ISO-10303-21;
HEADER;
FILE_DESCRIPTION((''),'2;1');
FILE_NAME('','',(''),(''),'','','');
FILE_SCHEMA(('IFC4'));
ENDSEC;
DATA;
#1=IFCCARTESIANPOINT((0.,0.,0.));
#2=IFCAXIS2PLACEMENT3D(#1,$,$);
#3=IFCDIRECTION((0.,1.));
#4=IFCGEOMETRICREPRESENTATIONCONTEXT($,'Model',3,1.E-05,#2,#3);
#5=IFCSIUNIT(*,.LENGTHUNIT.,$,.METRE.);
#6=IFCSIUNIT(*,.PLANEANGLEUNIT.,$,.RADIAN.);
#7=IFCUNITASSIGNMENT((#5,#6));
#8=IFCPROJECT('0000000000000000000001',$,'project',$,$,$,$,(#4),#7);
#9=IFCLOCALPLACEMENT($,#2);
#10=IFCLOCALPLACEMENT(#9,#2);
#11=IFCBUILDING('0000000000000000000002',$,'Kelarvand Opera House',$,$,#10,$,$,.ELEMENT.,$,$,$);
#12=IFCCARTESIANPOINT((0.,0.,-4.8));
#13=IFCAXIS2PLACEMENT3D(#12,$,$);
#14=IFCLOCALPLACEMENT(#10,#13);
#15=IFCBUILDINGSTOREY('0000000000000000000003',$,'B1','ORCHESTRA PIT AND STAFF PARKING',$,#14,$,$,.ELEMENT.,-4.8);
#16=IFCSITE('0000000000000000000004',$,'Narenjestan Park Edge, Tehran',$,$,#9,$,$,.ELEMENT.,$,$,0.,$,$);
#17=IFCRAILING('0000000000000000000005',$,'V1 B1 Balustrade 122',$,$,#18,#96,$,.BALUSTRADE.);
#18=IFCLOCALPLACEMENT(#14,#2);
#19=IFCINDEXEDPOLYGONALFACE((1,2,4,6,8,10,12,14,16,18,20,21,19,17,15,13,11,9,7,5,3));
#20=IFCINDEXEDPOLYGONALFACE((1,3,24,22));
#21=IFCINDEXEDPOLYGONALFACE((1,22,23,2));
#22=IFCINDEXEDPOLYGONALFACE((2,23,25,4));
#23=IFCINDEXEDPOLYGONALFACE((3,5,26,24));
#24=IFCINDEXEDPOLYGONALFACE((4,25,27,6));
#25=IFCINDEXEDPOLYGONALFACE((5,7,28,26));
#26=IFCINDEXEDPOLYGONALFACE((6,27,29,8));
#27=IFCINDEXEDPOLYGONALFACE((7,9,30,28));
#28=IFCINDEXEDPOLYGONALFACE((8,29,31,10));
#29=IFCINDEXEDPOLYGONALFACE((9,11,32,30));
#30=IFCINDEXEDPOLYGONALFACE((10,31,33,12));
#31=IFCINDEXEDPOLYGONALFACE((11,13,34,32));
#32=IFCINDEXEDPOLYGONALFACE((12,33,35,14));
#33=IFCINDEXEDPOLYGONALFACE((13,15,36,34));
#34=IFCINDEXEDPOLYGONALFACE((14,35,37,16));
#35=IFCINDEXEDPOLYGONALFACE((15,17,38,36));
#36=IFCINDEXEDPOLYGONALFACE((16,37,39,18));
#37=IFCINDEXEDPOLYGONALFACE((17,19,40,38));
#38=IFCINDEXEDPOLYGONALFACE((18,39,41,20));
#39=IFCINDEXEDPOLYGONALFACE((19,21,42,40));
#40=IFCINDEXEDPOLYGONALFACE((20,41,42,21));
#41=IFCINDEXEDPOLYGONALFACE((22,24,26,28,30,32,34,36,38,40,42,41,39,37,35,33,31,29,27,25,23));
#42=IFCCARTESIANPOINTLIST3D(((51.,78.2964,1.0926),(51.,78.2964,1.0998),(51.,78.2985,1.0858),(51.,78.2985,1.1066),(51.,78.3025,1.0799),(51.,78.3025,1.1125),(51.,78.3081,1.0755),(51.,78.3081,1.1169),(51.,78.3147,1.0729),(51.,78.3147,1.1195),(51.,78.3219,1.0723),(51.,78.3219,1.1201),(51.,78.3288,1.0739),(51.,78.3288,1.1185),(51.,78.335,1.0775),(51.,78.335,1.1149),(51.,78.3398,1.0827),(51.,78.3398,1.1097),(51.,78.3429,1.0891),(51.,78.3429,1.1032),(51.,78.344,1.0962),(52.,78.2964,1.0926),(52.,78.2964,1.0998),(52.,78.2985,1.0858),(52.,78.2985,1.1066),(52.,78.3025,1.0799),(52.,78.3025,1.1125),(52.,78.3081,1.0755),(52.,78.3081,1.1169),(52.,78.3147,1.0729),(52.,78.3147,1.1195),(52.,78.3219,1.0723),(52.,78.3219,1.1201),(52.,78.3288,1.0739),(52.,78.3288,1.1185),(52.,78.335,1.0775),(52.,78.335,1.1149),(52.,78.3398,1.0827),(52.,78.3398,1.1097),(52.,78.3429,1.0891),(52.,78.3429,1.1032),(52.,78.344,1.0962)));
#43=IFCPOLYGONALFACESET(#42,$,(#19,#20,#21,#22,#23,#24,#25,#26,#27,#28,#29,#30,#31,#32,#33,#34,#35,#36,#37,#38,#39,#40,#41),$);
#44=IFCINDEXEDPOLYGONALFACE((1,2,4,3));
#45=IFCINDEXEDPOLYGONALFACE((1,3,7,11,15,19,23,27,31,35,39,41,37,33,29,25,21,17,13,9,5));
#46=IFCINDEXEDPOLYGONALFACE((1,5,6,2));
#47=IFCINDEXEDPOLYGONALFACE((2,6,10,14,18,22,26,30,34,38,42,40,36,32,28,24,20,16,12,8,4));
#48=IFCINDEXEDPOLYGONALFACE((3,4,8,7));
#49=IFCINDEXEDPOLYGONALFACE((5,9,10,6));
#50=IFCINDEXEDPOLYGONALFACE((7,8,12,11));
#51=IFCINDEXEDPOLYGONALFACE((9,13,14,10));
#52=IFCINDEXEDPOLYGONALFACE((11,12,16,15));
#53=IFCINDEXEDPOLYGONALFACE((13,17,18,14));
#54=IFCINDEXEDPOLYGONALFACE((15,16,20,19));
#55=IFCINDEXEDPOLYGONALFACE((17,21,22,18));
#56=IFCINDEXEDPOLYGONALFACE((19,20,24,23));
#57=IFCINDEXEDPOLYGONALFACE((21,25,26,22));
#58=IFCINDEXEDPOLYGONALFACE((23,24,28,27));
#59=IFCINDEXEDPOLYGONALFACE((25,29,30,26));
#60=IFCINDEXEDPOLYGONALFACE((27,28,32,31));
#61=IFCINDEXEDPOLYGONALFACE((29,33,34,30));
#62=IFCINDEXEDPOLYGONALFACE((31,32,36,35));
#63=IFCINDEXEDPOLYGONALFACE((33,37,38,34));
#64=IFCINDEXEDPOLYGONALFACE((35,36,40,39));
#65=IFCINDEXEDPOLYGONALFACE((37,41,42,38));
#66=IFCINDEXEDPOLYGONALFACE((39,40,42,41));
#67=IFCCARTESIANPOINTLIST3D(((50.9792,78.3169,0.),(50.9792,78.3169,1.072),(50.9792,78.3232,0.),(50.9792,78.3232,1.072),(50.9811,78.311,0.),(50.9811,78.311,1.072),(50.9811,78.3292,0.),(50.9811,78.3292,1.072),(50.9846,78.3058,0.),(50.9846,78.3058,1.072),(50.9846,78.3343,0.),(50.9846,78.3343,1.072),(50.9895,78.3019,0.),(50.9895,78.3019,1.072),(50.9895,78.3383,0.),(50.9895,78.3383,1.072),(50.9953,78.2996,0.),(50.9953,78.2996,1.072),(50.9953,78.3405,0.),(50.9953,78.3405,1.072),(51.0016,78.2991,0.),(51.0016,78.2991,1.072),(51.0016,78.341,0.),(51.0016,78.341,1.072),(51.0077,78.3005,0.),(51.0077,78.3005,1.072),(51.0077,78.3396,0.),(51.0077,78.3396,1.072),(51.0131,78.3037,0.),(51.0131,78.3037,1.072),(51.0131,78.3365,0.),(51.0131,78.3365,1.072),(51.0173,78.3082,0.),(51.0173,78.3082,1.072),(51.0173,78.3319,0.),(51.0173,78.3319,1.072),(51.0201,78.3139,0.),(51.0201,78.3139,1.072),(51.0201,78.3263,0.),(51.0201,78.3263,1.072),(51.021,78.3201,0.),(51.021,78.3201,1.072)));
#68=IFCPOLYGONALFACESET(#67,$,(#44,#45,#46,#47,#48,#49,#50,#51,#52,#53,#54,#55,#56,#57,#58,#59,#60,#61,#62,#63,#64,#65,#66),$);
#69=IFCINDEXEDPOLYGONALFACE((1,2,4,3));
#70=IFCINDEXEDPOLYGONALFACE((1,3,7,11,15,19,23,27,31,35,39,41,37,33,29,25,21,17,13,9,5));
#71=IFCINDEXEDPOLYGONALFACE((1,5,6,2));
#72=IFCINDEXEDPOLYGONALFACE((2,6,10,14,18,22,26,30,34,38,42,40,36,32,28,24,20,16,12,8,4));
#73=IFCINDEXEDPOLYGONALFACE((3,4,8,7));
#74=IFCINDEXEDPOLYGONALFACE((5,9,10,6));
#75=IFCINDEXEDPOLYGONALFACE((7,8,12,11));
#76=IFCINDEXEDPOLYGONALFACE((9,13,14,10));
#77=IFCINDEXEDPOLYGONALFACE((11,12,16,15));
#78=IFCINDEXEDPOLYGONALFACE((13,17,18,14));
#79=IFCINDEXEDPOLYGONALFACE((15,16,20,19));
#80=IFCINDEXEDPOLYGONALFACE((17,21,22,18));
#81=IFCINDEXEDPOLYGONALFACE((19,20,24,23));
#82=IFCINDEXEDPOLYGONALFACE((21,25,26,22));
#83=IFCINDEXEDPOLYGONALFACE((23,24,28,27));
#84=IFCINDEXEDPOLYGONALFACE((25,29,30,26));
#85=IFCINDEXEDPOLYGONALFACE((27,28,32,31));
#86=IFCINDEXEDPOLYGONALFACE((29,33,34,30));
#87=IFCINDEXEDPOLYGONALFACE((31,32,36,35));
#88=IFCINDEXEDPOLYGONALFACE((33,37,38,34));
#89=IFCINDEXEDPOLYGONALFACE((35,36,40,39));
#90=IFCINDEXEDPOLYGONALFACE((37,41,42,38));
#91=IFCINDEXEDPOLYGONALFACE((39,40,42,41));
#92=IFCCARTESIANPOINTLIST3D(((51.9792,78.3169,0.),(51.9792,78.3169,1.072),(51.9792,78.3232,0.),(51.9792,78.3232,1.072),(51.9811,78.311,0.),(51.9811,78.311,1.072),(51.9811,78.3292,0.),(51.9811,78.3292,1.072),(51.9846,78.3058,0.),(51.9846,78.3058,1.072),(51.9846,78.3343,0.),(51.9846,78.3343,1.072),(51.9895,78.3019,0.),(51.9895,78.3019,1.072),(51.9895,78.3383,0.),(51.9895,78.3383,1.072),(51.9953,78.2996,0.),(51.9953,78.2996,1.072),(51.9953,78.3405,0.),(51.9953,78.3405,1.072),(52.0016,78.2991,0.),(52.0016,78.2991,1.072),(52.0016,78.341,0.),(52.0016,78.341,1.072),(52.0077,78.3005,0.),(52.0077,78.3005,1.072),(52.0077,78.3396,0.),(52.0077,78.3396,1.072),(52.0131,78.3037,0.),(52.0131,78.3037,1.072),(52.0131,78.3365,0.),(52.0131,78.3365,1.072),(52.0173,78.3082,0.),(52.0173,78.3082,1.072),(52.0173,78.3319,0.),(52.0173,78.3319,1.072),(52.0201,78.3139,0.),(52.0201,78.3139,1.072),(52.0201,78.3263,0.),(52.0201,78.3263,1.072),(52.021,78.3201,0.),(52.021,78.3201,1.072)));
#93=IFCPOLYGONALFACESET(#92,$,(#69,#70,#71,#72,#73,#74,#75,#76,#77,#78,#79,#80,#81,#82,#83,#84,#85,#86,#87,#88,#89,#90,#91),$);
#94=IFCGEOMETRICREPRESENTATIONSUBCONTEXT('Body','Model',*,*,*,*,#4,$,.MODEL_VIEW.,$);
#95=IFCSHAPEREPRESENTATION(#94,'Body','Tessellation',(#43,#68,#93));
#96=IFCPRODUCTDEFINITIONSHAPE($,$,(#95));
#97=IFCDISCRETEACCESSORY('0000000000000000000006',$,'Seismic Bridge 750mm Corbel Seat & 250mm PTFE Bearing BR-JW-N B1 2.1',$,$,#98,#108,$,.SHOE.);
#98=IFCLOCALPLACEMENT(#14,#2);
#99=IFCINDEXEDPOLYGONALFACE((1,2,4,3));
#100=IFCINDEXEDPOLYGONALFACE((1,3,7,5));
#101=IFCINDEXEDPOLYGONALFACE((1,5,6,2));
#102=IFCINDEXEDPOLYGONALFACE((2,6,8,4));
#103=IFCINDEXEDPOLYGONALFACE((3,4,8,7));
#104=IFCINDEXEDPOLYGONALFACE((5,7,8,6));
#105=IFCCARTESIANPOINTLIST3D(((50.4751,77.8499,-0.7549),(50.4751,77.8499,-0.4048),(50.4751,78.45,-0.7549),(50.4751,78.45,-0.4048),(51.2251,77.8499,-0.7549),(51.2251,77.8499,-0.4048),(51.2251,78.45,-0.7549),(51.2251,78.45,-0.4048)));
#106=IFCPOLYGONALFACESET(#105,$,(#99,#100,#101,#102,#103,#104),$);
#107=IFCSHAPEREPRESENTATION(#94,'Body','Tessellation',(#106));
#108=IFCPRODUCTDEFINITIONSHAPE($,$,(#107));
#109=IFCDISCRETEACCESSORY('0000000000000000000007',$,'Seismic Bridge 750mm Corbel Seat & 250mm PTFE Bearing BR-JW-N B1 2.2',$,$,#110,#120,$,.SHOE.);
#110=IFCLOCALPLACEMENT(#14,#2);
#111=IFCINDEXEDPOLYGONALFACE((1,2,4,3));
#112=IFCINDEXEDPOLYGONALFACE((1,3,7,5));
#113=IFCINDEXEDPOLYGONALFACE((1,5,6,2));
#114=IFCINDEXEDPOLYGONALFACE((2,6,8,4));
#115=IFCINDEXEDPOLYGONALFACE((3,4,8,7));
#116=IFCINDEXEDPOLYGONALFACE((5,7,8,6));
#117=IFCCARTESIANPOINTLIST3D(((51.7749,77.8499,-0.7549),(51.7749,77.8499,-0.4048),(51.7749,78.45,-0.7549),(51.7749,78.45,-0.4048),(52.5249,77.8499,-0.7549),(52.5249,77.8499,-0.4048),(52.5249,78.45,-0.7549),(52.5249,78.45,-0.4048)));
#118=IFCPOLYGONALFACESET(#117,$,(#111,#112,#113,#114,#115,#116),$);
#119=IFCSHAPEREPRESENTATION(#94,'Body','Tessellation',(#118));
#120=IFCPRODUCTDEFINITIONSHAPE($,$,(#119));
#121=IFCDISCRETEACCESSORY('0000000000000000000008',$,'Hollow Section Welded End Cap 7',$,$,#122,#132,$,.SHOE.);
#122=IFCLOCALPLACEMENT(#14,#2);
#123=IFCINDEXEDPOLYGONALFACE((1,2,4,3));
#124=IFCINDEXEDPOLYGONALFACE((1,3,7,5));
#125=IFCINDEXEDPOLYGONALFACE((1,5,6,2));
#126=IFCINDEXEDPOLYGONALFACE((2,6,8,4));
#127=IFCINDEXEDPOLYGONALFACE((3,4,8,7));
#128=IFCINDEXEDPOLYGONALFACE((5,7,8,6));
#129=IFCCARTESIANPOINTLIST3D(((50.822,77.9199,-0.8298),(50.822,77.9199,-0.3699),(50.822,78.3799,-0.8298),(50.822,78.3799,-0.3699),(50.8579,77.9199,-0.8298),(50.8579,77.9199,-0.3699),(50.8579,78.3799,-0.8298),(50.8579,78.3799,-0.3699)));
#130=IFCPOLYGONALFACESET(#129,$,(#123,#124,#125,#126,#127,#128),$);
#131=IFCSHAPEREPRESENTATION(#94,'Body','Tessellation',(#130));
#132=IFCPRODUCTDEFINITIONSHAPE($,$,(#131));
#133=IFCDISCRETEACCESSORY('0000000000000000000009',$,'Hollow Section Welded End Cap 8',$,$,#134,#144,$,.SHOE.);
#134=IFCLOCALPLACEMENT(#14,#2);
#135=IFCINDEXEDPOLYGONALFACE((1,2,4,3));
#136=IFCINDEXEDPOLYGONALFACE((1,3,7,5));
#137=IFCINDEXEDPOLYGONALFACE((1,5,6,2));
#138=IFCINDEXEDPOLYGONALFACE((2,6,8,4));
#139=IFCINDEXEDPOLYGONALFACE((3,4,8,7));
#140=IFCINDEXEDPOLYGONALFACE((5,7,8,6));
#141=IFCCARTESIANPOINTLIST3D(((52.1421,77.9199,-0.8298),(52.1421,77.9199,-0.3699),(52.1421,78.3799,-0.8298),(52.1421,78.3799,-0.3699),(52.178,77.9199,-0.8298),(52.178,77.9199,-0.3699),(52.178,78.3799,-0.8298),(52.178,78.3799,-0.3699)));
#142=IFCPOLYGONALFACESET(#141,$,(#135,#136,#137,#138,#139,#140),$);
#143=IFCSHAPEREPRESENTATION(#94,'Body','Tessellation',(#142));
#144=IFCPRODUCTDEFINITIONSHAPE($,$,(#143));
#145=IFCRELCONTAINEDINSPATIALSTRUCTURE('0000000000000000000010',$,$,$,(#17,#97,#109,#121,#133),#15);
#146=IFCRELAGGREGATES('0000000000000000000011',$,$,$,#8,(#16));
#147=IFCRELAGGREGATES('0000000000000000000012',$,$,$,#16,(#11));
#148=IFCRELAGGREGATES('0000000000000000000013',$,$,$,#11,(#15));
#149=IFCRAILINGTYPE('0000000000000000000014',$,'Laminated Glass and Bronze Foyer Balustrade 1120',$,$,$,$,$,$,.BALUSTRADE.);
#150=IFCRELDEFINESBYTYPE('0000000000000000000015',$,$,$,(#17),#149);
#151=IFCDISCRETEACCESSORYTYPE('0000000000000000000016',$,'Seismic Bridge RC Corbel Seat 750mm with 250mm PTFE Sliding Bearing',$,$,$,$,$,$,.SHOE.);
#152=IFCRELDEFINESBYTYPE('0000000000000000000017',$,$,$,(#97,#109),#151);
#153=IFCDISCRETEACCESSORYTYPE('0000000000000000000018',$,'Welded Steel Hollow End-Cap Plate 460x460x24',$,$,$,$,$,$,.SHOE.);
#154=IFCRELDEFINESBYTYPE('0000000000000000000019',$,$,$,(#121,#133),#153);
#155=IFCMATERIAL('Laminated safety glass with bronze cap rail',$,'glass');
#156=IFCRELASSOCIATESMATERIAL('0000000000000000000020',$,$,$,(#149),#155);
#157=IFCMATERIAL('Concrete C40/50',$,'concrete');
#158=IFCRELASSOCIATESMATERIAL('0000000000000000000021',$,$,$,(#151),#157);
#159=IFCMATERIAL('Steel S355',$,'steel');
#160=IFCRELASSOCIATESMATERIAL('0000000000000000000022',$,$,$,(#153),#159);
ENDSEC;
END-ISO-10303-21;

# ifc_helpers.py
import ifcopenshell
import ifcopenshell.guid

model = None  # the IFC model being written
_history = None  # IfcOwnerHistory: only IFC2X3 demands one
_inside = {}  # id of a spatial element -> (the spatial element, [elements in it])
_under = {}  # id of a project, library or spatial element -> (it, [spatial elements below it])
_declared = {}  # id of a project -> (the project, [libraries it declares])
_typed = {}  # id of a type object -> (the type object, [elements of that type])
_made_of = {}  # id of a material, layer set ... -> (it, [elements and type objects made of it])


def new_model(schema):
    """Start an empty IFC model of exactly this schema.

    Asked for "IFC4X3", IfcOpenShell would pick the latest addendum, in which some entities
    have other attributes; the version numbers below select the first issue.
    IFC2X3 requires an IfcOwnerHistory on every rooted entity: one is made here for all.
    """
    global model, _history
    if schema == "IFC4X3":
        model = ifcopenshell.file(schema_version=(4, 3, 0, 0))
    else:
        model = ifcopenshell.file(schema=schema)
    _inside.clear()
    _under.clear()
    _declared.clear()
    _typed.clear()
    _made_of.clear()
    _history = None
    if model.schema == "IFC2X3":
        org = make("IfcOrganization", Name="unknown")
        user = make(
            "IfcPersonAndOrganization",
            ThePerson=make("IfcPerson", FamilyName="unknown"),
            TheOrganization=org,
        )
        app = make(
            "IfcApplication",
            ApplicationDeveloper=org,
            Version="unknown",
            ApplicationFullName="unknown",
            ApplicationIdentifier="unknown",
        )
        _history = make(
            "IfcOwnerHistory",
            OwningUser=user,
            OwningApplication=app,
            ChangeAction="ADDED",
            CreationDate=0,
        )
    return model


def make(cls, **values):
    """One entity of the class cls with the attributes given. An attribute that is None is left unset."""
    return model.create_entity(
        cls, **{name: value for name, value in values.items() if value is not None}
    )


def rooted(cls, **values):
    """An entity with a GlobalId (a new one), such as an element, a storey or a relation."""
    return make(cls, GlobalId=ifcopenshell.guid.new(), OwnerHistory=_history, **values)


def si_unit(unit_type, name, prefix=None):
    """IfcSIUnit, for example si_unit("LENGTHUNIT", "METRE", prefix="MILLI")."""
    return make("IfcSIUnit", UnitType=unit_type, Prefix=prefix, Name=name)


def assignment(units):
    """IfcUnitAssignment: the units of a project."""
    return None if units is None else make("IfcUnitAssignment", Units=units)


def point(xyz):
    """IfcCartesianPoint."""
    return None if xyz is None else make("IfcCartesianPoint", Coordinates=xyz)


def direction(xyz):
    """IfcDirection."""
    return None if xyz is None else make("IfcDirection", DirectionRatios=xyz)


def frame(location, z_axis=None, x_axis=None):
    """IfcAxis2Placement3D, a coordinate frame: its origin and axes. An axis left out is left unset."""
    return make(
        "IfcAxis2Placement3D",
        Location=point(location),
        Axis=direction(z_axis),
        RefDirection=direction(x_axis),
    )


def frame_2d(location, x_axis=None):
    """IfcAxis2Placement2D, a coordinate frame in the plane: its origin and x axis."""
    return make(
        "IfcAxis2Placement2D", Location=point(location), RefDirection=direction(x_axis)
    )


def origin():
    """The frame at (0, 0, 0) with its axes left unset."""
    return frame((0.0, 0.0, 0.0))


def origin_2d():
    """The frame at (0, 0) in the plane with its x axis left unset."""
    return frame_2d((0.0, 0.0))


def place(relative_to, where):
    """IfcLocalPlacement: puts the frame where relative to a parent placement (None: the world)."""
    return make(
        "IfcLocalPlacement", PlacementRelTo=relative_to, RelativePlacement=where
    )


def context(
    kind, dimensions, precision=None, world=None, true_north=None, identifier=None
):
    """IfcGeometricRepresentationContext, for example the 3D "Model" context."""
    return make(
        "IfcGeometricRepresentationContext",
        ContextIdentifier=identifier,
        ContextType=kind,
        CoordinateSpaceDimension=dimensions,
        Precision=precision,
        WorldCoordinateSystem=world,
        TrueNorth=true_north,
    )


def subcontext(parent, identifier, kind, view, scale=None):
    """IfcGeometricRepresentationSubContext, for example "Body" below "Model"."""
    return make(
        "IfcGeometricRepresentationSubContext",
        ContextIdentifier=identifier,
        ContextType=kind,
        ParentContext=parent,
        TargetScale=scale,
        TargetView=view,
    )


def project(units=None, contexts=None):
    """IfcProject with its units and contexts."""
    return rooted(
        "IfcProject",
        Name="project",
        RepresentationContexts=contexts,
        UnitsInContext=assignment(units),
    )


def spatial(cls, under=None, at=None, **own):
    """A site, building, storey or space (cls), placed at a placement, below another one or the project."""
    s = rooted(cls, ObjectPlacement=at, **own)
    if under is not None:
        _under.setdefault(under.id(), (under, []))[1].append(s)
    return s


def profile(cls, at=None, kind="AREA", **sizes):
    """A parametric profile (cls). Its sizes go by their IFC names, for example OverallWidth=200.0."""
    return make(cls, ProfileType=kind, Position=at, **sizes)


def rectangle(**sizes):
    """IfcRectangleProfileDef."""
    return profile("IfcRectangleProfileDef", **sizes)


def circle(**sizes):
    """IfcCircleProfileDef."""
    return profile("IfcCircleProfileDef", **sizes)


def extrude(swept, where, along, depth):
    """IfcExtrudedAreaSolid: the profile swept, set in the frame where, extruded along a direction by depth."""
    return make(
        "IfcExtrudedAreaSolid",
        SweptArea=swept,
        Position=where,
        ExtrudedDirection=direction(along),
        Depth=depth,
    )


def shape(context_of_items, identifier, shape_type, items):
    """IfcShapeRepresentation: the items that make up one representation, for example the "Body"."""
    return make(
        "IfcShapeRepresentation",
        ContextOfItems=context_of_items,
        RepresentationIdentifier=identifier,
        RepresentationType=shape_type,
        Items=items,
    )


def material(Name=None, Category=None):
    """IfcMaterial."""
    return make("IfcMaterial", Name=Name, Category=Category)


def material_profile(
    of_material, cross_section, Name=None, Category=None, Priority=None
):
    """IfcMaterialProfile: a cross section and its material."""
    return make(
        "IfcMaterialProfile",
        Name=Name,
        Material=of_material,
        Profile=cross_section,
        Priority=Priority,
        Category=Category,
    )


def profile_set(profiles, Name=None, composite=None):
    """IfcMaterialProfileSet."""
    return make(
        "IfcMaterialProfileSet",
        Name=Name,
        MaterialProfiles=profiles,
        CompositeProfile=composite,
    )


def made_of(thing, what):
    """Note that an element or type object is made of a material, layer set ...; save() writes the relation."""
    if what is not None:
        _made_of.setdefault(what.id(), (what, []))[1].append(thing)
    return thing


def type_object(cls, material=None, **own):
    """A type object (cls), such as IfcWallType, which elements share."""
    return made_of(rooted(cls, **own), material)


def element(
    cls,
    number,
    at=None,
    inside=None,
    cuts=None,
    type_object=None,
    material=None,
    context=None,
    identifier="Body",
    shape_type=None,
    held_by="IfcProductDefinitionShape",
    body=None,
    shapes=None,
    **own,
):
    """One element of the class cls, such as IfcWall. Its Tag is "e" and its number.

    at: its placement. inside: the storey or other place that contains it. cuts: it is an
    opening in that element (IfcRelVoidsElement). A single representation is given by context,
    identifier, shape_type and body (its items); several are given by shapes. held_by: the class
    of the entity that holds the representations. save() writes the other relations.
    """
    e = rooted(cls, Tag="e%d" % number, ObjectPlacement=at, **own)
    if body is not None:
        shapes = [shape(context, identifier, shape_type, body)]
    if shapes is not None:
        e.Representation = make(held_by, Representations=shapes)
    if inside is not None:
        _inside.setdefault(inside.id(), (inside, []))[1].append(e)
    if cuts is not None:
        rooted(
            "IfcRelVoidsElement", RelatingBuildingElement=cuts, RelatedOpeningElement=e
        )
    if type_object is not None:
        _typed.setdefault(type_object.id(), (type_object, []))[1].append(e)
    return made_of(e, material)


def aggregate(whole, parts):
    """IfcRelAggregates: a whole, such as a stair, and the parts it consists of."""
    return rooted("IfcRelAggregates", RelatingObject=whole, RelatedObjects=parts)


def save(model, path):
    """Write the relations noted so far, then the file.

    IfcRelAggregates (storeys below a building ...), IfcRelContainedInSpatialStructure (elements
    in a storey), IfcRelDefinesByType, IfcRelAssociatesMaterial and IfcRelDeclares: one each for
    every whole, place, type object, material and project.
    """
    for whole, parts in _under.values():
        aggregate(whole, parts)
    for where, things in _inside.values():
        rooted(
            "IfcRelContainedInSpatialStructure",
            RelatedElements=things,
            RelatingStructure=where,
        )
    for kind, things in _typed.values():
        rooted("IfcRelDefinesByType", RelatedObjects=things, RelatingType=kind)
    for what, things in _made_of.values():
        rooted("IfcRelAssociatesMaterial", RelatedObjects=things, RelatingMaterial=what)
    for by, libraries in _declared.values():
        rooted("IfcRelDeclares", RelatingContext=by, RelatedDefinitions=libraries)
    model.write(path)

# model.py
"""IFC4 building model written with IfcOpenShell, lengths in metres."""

from ifc_helpers import new_model, si_unit, direction, frame, origin, origin_2d, place, context, subcontext, project, spatial, rectangle, circle, extrude, material, material_profile, profile_set, type_object, element, save


model = new_model("IFC4")

# Units and contexts
model_context = context("Model", 3, precision=1e-05, world=origin(), true_north=direction((0.0, 1.0)))
body_context = subcontext(model_context, "Body", "Model", "MODEL_VIEW")
ifc_project = project(units=[si_unit("LENGTHUNIT", "METRE"), si_unit("PLANEANGLEUNIT", "RADIAN")], contexts=[model_context])

# Site, building, storey
site_placement = place(None, origin())
site = spatial("IfcSite", under=ifc_project, at=site_placement, Name="Narenjestan Park Edge, Tehran", CompositionType="ELEMENT", RefElevation=0.0)
building_placement = place(site_placement, origin())
building = spatial("IfcBuilding", under=site, at=building_placement, Name="Kelarvand Opera House", CompositionType="ELEMENT")
storey_placement = place(building_placement, frame((0.0, 0.0, -4.8)))
storey = spatial("IfcBuildingStorey", under=building, at=storey_placement, Name="B1", Description="ORCHESTRA PIT AND STAFF PARKING", CompositionType="ELEMENT", Elevation=-4.8)

# Shared definitions
ifc_material_1 = material(Name="Concrete C40/50", Category="concrete")

# Shared definitions
ifc_material_2 = material(Name="Steel S355", Category="steel")

# Railing
ifc_material_3 = material(Name="Laminated safety glass with bronze cap rail", Category="glass")
railing_type_1 = type_object("IfcRailingType", Name="Laminated Glass and Bronze Foyer Balustrade 1120", PredefinedType="BALUSTRADE", material=ifc_material_3)
railing_1_placement = place(storey_placement, frame((51.0, 78.3201, 0.0)))
element("IfcRailing", 1, at=railing_1_placement, inside=storey, type_object=railing_type_1, Name="V1 B1 Balustrade 122", PredefinedType="BALUSTRADE", context=body_context, shape_type="SweptSolid", body=[
    extrude(circle(Radius=0.0239, at=origin_2d()), frame((0.0, 0.0, 1.0962), z_axis=(1.0, 0.0, 0.0), x_axis=(0.0, 1.0, 0.0)), (0.0, 0.0, 1.0), 1.0),
    extrude(circle(Radius=0.021, at=origin_2d()), origin(), (0.0, 0.0, 1.0), 1.072),
    extrude(circle(Radius=0.021, at=origin_2d()), frame((1.0, 0.0, 0.0)), (0.0, 0.0, 1.0), 1.072),
])

# Discrete accessories
discrete_accessory_type_1 = type_object("IfcDiscreteAccessoryType", Name="Seismic Bridge RC Corbel Seat 750mm with 250mm PTFE Sliding Bearing", PredefinedType="SHOE", material=ifc_material_1)
for number, where, z_axis, x_axis, name in (
    (2, (50.8501, 78.1499, -0.7549), (0.0, 0.0, 1.0), (1.0, 0.0, 0.0), "Seismic Bridge 750mm Corbel Seat & 250mm PTFE Bearing BR-JW-N B1 2.1"),
    (3, (52.1499, 78.1499, -0.7549), (0.0, 0.0, 1.0), (1.0, 0.0, 0.0), "Seismic Bridge 750mm Corbel Seat & 250mm PTFE Bearing BR-JW-N B1 2.2"),
):
    element("IfcDiscreteAccessory", number, at=place(storey_placement, frame(where, z_axis=z_axis, x_axis=x_axis)), inside=storey, type_object=discrete_accessory_type_1, Name=name, PredefinedType="SHOE", context=body_context, shape_type="SweptSolid", body=[
        extrude(rectangle(XDim=0.75, YDim=0.6001, at=origin_2d()), origin(), (0.0, 0.0, 1.0), 0.3501),
    ])
ifc_material_profile_1 = material_profile(ifc_material_2, rectangle(XDim=0.46, YDim=0.46, at=origin_2d()), Name="Welded Steel Hollow End-Cap Plate 460x460x24", Category="steel")
ifc_profile_set_1 = profile_set([ifc_material_profile_1], Name="Steel S355")
discrete_accessory_type_2 = type_object("IfcDiscreteAccessoryType", Name="Welded Steel Hollow End-Cap Plate 460x460x24", PredefinedType="SHOE", material=ifc_profile_set_1)
for number, where, z_axis, x_axis, name in (
    (4, (50.8579, 78.1499, -0.5999), (-1.0, 0.0, 0.0), (0.0, -1.0, 0.0), "Hollow Section Welded End Cap 7"),
    (5, (52.1421, 78.1499, -0.5999), (1.0, 0.0, 0.0), (0.0, 1.0, 0.0), "Hollow Section Welded End Cap 8"),
):
    element("IfcDiscreteAccessory", number, at=place(storey_placement, frame(where, z_axis=z_axis, x_axis=x_axis)), inside=storey, type_object=discrete_accessory_type_2, Name=name, PredefinedType="SHOE", context=body_context, shape_type="SweptSolid", body=[
        extrude(rectangle(XDim=0.46, YDim=0.46, at=origin_2d()), origin(), (0.0, 0.0, 1.0), 0.0359),
    ])

save(model, "model.ifc")
